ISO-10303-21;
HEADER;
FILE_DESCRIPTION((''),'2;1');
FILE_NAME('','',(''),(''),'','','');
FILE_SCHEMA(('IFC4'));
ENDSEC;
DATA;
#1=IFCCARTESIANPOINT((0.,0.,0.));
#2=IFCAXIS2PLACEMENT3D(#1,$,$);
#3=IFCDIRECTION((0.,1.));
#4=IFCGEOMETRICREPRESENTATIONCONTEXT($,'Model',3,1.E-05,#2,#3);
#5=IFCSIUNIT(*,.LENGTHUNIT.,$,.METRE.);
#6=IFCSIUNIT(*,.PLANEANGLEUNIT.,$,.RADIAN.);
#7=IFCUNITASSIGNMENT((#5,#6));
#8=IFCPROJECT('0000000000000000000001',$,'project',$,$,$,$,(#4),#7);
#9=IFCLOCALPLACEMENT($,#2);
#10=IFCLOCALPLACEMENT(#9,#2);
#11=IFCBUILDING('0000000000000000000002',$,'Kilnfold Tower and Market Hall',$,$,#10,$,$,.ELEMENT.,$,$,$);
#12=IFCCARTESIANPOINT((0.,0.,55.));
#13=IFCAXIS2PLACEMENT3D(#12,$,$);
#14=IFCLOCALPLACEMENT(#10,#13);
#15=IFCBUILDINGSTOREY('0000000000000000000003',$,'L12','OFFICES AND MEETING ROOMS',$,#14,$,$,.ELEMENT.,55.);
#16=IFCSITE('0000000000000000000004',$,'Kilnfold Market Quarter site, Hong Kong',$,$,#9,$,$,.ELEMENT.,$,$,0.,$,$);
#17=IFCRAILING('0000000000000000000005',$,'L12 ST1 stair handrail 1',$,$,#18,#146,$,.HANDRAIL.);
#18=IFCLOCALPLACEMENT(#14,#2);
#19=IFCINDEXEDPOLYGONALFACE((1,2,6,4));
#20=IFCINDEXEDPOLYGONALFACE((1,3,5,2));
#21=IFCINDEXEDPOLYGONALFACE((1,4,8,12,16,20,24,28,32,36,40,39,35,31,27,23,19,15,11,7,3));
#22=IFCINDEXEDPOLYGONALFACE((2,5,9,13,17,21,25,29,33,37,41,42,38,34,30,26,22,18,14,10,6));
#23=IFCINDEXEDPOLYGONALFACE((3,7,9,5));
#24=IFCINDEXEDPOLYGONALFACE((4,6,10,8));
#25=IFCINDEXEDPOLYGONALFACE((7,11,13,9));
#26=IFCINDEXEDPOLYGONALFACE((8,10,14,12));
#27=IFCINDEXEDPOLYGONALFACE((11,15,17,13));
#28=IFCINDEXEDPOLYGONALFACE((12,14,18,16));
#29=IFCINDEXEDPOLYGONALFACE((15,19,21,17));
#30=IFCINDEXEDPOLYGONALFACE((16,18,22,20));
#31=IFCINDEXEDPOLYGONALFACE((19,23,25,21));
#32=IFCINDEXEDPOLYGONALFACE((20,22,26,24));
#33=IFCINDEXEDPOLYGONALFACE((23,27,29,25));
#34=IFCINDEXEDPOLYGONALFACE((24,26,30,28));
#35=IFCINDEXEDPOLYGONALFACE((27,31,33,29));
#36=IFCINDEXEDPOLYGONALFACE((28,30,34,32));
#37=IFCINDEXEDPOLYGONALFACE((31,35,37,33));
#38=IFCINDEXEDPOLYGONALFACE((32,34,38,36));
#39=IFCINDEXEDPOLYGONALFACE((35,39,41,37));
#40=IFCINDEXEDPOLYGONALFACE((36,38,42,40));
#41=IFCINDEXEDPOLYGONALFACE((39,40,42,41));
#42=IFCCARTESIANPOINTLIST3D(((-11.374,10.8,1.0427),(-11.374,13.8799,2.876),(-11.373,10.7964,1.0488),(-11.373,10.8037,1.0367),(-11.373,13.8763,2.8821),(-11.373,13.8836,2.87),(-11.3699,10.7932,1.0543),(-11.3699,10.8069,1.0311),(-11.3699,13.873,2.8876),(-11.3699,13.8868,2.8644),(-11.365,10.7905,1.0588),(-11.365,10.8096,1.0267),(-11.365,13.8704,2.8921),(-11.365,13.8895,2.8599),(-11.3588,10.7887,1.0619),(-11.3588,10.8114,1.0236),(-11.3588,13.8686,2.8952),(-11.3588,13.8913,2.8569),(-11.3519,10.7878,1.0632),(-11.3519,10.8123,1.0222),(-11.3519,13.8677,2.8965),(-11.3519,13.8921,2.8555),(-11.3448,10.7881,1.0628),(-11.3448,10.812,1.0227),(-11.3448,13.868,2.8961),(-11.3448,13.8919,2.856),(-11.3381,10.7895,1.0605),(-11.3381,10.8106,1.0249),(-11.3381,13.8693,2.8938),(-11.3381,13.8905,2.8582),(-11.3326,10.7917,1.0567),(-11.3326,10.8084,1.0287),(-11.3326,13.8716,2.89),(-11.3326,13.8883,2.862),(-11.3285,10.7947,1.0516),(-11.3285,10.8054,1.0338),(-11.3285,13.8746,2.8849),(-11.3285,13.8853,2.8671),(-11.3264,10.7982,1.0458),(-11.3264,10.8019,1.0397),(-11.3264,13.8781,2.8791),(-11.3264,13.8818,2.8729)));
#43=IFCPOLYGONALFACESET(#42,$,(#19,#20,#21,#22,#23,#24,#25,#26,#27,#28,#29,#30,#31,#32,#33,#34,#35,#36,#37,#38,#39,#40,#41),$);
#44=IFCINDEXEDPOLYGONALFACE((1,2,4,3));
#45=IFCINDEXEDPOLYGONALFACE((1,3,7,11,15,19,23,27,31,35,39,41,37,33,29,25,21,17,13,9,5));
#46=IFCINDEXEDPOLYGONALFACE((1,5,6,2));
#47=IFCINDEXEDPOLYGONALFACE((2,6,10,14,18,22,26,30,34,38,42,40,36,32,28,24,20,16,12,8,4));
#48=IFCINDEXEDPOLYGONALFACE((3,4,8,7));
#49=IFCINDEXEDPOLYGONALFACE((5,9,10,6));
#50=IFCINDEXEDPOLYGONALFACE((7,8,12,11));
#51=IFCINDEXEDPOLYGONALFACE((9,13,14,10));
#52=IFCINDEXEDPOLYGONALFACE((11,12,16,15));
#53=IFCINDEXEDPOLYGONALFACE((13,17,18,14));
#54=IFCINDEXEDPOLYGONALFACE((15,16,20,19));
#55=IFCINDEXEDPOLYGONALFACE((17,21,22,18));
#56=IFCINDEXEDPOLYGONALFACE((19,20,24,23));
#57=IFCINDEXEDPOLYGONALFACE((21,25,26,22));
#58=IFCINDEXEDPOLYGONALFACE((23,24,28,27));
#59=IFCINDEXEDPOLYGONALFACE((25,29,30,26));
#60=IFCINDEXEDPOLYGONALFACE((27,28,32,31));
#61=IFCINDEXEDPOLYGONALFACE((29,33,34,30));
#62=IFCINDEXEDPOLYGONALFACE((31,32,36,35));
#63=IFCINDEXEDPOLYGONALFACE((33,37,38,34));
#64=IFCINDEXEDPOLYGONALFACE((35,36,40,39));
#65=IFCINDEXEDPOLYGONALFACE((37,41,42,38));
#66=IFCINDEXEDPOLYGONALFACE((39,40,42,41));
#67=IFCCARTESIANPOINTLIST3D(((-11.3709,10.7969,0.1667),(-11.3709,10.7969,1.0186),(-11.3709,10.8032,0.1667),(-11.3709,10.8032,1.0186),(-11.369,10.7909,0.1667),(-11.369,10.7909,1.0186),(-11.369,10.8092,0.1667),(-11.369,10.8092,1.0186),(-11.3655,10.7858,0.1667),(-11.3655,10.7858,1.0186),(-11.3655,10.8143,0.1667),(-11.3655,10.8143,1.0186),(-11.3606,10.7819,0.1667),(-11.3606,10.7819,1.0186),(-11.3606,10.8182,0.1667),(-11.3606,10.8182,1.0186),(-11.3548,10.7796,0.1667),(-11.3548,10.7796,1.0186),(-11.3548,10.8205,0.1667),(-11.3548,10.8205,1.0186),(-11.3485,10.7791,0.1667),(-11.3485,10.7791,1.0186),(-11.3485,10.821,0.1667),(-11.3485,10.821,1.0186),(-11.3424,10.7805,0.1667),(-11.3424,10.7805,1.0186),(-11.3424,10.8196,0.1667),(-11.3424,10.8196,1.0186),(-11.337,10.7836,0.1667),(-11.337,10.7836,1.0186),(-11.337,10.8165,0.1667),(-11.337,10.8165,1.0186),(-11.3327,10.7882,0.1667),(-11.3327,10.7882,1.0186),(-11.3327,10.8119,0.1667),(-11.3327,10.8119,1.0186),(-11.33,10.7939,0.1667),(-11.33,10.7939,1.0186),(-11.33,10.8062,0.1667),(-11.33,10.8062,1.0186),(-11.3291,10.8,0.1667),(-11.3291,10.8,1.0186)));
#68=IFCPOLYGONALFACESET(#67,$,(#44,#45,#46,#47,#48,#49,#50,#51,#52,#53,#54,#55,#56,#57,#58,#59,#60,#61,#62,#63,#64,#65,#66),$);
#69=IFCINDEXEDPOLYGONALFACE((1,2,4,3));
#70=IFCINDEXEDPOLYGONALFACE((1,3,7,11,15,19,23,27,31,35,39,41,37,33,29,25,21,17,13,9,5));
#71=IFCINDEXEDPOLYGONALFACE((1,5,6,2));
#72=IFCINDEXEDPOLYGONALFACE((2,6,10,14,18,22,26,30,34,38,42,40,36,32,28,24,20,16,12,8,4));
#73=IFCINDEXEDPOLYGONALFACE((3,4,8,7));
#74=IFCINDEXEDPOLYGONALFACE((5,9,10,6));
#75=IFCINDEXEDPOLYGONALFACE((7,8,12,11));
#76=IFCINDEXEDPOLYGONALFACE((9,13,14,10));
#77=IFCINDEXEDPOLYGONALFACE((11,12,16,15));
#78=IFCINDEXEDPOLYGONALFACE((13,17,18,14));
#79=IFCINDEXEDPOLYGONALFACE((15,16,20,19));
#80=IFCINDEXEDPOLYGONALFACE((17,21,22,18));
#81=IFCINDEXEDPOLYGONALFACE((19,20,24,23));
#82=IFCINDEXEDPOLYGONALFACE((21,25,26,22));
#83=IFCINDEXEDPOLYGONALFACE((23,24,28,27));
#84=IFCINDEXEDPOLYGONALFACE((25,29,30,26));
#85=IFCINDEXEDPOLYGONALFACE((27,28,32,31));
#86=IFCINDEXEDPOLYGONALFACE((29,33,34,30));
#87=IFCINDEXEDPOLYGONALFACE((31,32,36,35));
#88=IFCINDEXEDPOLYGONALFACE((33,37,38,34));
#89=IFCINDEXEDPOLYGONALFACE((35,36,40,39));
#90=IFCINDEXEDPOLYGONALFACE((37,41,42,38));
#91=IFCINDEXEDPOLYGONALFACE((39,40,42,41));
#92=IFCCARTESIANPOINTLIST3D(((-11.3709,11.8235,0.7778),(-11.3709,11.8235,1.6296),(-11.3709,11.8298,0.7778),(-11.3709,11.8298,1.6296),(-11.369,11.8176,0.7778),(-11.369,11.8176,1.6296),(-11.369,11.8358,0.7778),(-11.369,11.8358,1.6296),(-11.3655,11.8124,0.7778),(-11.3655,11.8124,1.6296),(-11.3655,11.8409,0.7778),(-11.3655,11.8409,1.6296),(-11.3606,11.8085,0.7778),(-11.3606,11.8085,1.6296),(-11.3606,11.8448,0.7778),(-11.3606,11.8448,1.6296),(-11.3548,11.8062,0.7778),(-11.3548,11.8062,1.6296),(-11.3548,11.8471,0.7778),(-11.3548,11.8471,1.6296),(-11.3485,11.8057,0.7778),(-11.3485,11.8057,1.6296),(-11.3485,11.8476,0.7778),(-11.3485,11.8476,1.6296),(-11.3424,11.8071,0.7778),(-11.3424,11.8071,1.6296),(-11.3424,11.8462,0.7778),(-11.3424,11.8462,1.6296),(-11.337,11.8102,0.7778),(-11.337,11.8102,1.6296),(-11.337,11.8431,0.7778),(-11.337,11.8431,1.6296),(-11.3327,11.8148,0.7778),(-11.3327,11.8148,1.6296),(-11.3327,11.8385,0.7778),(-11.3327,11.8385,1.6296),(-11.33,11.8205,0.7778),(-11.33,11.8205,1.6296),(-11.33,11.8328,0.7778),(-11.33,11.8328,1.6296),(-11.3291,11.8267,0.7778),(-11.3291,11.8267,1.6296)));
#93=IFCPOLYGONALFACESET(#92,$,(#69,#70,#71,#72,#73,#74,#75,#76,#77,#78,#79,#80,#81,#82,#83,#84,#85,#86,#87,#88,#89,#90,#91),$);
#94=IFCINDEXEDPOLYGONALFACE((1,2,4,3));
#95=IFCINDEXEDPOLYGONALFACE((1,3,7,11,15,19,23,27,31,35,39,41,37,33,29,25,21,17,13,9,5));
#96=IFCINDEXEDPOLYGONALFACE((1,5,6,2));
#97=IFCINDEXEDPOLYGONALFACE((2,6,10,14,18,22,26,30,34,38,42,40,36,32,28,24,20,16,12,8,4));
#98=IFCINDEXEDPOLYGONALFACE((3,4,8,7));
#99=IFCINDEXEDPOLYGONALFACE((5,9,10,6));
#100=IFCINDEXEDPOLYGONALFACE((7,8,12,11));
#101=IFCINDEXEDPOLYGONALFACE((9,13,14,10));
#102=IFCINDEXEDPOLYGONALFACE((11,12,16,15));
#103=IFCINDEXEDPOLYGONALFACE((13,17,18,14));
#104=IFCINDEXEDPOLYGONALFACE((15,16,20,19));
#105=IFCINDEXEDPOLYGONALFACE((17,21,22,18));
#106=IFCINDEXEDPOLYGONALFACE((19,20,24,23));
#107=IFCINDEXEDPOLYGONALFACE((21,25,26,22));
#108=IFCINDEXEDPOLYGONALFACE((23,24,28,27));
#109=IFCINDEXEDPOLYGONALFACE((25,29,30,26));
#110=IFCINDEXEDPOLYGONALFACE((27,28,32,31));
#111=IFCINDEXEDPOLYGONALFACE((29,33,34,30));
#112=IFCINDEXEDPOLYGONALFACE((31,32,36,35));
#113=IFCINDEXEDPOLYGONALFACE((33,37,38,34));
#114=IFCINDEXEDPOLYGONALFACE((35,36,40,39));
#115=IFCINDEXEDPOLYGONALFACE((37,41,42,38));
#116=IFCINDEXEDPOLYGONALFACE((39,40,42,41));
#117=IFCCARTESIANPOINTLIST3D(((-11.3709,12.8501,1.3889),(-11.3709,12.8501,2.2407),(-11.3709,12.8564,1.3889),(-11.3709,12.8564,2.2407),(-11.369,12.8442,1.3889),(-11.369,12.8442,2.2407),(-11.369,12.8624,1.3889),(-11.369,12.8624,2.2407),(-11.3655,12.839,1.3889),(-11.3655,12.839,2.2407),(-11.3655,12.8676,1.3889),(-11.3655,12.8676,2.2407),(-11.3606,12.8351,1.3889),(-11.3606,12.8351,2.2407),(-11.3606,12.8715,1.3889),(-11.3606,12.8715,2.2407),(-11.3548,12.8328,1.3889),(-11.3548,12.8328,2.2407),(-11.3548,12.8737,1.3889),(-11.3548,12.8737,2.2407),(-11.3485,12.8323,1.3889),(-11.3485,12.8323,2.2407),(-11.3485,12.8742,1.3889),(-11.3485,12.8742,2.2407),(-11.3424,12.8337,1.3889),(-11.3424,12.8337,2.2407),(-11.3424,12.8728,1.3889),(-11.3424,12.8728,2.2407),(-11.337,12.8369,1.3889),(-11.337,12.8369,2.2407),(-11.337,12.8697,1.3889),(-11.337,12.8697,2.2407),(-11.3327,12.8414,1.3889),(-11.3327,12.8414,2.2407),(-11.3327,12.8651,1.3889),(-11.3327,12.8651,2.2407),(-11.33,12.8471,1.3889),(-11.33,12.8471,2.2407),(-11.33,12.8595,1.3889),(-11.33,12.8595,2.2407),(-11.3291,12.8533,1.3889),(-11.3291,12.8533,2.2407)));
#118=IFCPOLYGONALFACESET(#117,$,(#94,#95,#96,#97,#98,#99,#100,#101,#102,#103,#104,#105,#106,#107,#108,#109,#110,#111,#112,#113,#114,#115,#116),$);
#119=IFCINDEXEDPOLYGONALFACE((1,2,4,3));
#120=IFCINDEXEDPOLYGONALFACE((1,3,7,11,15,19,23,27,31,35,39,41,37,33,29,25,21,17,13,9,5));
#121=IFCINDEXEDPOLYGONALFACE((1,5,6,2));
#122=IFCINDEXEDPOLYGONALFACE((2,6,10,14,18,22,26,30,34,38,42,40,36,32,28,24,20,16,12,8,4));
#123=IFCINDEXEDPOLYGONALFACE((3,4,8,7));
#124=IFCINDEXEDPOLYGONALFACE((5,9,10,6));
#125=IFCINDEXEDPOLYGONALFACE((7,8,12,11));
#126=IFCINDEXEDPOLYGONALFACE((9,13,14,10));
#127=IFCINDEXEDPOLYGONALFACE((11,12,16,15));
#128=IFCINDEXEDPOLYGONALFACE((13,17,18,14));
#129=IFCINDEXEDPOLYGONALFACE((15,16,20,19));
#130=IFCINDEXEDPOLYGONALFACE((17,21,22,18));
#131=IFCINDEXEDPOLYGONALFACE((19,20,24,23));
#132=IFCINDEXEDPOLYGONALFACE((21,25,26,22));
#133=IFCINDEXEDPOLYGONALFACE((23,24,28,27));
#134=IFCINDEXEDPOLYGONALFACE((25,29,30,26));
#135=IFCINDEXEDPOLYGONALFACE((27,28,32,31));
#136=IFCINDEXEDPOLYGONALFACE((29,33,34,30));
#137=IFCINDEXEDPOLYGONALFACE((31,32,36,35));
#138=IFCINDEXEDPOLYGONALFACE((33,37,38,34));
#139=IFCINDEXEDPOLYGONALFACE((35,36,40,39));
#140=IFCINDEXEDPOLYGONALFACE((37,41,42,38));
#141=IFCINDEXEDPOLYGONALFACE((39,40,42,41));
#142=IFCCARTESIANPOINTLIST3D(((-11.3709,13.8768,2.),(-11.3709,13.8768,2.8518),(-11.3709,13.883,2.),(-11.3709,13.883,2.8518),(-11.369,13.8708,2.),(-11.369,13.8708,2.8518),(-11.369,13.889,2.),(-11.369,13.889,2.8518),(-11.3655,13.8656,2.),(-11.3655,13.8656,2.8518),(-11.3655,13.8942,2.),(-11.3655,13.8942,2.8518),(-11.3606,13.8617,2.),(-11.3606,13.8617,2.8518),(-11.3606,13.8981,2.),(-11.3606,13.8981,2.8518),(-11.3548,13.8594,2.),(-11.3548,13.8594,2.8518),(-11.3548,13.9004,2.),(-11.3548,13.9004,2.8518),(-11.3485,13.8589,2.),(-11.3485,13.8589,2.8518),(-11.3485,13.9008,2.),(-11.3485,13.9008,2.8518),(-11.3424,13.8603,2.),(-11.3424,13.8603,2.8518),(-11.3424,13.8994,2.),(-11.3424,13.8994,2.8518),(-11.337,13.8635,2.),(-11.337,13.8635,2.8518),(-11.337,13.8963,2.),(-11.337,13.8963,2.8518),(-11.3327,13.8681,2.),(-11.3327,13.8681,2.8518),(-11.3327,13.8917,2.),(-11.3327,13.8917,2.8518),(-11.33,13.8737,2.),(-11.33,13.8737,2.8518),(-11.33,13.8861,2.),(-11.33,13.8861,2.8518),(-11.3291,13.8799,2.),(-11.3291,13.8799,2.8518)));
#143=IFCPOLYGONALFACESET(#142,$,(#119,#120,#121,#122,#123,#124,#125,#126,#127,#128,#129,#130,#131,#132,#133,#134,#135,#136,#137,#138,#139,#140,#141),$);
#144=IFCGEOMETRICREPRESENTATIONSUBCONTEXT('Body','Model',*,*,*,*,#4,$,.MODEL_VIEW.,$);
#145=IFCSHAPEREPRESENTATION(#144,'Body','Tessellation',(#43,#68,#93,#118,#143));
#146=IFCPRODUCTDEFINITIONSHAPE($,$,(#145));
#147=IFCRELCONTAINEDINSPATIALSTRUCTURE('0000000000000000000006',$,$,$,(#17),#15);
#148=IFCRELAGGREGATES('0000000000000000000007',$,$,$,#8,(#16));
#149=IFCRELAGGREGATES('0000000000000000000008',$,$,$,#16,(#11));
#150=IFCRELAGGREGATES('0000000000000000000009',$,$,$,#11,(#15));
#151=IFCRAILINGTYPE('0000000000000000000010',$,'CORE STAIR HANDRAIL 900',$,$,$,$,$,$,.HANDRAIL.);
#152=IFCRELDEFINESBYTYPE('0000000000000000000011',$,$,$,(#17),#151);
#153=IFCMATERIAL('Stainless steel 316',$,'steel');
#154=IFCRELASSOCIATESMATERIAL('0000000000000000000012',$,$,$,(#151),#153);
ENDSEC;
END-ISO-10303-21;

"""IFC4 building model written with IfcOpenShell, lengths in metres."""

from ifc_helpers import new_model, si_unit, direction, frame, origin, origin_2d, place, context, subcontext, project, spatial, circle, extrude, material, type_object, element, save


model = new_model("IFC4")

# Units and contexts
model_context = context("Model", 3, precision=1e-05, world=origin(), true_north=direction((0.0, 1.0)))
body_context = subcontext(model_context, "Body", "Model", "MODEL_VIEW")
ifc_project = project(units=[si_unit("LENGTHUNIT", "METRE"), si_unit("PLANEANGLEUNIT", "RADIAN")], contexts=[model_context])

# Site, building, storey
site_placement = place(None, origin())
site = spatial("IfcSite", under=ifc_project, at=site_placement, Name="Kilnfold Market Quarter site, Hong Kong", CompositionType="ELEMENT", RefElevation=0.0)
building_placement = place(site_placement, origin())
building = spatial("IfcBuilding", under=site, at=building_placement, Name="Kilnfold Tower and Market Hall", CompositionType="ELEMENT")
storey_placement = place(building_placement, frame((0.0, 0.0, 55.0)))
storey = spatial("IfcBuildingStorey", under=building, at=storey_placement, Name="L12", Description="OFFICES AND MEETING ROOMS", CompositionType="ELEMENT", Elevation=55.0)

# Railing
ifc_material_1 = material(Name="Stainless steel 316", Category="steel")
railing_type = type_object("IfcRailingType", Name="CORE STAIR HANDRAIL 900", PredefinedType="HANDRAIL", material=ifc_material_1)
railing_1_placement = place(storey_placement, frame((-11.3501, 10.8, 0.1667)))
element("IfcRailing", 1, at=railing_1_placement, inside=storey, type_object=railing_type, Name="L12 ST1 stair handrail 1", PredefinedType="HANDRAIL", context=body_context, shape_type="SweptSolid", body=[
    extrude(circle(Radius=0.0239, at=origin_2d()), frame((0.0, 0.0, 0.876), z_axis=(0.0, 0.859291, 0.511487), x_axis=(-1.0, 0.0, 0.0)), (0.0, 0.0, 1.0), 3.5842),
    extrude(circle(Radius=0.021, at=origin_2d()), origin(), (0.0, 0.0, 1.0), 0.8518),
    extrude(circle(Radius=0.021, at=origin_2d()), frame((0.0, 1.0266, 0.6111)), (0.0, 0.0, 1.0), 0.8518),
    extrude(circle(Radius=0.021, at=origin_2d()), frame((0.0, 2.0532, 1.2222)), (0.0, 0.0, 1.0), 0.8518),
    extrude(circle(Radius=0.021, at=origin_2d()), frame((0.0, 3.0798, 1.8333)), (0.0, 0.0, 1.0), 0.8518),
])

save(model, "model.ifc")
